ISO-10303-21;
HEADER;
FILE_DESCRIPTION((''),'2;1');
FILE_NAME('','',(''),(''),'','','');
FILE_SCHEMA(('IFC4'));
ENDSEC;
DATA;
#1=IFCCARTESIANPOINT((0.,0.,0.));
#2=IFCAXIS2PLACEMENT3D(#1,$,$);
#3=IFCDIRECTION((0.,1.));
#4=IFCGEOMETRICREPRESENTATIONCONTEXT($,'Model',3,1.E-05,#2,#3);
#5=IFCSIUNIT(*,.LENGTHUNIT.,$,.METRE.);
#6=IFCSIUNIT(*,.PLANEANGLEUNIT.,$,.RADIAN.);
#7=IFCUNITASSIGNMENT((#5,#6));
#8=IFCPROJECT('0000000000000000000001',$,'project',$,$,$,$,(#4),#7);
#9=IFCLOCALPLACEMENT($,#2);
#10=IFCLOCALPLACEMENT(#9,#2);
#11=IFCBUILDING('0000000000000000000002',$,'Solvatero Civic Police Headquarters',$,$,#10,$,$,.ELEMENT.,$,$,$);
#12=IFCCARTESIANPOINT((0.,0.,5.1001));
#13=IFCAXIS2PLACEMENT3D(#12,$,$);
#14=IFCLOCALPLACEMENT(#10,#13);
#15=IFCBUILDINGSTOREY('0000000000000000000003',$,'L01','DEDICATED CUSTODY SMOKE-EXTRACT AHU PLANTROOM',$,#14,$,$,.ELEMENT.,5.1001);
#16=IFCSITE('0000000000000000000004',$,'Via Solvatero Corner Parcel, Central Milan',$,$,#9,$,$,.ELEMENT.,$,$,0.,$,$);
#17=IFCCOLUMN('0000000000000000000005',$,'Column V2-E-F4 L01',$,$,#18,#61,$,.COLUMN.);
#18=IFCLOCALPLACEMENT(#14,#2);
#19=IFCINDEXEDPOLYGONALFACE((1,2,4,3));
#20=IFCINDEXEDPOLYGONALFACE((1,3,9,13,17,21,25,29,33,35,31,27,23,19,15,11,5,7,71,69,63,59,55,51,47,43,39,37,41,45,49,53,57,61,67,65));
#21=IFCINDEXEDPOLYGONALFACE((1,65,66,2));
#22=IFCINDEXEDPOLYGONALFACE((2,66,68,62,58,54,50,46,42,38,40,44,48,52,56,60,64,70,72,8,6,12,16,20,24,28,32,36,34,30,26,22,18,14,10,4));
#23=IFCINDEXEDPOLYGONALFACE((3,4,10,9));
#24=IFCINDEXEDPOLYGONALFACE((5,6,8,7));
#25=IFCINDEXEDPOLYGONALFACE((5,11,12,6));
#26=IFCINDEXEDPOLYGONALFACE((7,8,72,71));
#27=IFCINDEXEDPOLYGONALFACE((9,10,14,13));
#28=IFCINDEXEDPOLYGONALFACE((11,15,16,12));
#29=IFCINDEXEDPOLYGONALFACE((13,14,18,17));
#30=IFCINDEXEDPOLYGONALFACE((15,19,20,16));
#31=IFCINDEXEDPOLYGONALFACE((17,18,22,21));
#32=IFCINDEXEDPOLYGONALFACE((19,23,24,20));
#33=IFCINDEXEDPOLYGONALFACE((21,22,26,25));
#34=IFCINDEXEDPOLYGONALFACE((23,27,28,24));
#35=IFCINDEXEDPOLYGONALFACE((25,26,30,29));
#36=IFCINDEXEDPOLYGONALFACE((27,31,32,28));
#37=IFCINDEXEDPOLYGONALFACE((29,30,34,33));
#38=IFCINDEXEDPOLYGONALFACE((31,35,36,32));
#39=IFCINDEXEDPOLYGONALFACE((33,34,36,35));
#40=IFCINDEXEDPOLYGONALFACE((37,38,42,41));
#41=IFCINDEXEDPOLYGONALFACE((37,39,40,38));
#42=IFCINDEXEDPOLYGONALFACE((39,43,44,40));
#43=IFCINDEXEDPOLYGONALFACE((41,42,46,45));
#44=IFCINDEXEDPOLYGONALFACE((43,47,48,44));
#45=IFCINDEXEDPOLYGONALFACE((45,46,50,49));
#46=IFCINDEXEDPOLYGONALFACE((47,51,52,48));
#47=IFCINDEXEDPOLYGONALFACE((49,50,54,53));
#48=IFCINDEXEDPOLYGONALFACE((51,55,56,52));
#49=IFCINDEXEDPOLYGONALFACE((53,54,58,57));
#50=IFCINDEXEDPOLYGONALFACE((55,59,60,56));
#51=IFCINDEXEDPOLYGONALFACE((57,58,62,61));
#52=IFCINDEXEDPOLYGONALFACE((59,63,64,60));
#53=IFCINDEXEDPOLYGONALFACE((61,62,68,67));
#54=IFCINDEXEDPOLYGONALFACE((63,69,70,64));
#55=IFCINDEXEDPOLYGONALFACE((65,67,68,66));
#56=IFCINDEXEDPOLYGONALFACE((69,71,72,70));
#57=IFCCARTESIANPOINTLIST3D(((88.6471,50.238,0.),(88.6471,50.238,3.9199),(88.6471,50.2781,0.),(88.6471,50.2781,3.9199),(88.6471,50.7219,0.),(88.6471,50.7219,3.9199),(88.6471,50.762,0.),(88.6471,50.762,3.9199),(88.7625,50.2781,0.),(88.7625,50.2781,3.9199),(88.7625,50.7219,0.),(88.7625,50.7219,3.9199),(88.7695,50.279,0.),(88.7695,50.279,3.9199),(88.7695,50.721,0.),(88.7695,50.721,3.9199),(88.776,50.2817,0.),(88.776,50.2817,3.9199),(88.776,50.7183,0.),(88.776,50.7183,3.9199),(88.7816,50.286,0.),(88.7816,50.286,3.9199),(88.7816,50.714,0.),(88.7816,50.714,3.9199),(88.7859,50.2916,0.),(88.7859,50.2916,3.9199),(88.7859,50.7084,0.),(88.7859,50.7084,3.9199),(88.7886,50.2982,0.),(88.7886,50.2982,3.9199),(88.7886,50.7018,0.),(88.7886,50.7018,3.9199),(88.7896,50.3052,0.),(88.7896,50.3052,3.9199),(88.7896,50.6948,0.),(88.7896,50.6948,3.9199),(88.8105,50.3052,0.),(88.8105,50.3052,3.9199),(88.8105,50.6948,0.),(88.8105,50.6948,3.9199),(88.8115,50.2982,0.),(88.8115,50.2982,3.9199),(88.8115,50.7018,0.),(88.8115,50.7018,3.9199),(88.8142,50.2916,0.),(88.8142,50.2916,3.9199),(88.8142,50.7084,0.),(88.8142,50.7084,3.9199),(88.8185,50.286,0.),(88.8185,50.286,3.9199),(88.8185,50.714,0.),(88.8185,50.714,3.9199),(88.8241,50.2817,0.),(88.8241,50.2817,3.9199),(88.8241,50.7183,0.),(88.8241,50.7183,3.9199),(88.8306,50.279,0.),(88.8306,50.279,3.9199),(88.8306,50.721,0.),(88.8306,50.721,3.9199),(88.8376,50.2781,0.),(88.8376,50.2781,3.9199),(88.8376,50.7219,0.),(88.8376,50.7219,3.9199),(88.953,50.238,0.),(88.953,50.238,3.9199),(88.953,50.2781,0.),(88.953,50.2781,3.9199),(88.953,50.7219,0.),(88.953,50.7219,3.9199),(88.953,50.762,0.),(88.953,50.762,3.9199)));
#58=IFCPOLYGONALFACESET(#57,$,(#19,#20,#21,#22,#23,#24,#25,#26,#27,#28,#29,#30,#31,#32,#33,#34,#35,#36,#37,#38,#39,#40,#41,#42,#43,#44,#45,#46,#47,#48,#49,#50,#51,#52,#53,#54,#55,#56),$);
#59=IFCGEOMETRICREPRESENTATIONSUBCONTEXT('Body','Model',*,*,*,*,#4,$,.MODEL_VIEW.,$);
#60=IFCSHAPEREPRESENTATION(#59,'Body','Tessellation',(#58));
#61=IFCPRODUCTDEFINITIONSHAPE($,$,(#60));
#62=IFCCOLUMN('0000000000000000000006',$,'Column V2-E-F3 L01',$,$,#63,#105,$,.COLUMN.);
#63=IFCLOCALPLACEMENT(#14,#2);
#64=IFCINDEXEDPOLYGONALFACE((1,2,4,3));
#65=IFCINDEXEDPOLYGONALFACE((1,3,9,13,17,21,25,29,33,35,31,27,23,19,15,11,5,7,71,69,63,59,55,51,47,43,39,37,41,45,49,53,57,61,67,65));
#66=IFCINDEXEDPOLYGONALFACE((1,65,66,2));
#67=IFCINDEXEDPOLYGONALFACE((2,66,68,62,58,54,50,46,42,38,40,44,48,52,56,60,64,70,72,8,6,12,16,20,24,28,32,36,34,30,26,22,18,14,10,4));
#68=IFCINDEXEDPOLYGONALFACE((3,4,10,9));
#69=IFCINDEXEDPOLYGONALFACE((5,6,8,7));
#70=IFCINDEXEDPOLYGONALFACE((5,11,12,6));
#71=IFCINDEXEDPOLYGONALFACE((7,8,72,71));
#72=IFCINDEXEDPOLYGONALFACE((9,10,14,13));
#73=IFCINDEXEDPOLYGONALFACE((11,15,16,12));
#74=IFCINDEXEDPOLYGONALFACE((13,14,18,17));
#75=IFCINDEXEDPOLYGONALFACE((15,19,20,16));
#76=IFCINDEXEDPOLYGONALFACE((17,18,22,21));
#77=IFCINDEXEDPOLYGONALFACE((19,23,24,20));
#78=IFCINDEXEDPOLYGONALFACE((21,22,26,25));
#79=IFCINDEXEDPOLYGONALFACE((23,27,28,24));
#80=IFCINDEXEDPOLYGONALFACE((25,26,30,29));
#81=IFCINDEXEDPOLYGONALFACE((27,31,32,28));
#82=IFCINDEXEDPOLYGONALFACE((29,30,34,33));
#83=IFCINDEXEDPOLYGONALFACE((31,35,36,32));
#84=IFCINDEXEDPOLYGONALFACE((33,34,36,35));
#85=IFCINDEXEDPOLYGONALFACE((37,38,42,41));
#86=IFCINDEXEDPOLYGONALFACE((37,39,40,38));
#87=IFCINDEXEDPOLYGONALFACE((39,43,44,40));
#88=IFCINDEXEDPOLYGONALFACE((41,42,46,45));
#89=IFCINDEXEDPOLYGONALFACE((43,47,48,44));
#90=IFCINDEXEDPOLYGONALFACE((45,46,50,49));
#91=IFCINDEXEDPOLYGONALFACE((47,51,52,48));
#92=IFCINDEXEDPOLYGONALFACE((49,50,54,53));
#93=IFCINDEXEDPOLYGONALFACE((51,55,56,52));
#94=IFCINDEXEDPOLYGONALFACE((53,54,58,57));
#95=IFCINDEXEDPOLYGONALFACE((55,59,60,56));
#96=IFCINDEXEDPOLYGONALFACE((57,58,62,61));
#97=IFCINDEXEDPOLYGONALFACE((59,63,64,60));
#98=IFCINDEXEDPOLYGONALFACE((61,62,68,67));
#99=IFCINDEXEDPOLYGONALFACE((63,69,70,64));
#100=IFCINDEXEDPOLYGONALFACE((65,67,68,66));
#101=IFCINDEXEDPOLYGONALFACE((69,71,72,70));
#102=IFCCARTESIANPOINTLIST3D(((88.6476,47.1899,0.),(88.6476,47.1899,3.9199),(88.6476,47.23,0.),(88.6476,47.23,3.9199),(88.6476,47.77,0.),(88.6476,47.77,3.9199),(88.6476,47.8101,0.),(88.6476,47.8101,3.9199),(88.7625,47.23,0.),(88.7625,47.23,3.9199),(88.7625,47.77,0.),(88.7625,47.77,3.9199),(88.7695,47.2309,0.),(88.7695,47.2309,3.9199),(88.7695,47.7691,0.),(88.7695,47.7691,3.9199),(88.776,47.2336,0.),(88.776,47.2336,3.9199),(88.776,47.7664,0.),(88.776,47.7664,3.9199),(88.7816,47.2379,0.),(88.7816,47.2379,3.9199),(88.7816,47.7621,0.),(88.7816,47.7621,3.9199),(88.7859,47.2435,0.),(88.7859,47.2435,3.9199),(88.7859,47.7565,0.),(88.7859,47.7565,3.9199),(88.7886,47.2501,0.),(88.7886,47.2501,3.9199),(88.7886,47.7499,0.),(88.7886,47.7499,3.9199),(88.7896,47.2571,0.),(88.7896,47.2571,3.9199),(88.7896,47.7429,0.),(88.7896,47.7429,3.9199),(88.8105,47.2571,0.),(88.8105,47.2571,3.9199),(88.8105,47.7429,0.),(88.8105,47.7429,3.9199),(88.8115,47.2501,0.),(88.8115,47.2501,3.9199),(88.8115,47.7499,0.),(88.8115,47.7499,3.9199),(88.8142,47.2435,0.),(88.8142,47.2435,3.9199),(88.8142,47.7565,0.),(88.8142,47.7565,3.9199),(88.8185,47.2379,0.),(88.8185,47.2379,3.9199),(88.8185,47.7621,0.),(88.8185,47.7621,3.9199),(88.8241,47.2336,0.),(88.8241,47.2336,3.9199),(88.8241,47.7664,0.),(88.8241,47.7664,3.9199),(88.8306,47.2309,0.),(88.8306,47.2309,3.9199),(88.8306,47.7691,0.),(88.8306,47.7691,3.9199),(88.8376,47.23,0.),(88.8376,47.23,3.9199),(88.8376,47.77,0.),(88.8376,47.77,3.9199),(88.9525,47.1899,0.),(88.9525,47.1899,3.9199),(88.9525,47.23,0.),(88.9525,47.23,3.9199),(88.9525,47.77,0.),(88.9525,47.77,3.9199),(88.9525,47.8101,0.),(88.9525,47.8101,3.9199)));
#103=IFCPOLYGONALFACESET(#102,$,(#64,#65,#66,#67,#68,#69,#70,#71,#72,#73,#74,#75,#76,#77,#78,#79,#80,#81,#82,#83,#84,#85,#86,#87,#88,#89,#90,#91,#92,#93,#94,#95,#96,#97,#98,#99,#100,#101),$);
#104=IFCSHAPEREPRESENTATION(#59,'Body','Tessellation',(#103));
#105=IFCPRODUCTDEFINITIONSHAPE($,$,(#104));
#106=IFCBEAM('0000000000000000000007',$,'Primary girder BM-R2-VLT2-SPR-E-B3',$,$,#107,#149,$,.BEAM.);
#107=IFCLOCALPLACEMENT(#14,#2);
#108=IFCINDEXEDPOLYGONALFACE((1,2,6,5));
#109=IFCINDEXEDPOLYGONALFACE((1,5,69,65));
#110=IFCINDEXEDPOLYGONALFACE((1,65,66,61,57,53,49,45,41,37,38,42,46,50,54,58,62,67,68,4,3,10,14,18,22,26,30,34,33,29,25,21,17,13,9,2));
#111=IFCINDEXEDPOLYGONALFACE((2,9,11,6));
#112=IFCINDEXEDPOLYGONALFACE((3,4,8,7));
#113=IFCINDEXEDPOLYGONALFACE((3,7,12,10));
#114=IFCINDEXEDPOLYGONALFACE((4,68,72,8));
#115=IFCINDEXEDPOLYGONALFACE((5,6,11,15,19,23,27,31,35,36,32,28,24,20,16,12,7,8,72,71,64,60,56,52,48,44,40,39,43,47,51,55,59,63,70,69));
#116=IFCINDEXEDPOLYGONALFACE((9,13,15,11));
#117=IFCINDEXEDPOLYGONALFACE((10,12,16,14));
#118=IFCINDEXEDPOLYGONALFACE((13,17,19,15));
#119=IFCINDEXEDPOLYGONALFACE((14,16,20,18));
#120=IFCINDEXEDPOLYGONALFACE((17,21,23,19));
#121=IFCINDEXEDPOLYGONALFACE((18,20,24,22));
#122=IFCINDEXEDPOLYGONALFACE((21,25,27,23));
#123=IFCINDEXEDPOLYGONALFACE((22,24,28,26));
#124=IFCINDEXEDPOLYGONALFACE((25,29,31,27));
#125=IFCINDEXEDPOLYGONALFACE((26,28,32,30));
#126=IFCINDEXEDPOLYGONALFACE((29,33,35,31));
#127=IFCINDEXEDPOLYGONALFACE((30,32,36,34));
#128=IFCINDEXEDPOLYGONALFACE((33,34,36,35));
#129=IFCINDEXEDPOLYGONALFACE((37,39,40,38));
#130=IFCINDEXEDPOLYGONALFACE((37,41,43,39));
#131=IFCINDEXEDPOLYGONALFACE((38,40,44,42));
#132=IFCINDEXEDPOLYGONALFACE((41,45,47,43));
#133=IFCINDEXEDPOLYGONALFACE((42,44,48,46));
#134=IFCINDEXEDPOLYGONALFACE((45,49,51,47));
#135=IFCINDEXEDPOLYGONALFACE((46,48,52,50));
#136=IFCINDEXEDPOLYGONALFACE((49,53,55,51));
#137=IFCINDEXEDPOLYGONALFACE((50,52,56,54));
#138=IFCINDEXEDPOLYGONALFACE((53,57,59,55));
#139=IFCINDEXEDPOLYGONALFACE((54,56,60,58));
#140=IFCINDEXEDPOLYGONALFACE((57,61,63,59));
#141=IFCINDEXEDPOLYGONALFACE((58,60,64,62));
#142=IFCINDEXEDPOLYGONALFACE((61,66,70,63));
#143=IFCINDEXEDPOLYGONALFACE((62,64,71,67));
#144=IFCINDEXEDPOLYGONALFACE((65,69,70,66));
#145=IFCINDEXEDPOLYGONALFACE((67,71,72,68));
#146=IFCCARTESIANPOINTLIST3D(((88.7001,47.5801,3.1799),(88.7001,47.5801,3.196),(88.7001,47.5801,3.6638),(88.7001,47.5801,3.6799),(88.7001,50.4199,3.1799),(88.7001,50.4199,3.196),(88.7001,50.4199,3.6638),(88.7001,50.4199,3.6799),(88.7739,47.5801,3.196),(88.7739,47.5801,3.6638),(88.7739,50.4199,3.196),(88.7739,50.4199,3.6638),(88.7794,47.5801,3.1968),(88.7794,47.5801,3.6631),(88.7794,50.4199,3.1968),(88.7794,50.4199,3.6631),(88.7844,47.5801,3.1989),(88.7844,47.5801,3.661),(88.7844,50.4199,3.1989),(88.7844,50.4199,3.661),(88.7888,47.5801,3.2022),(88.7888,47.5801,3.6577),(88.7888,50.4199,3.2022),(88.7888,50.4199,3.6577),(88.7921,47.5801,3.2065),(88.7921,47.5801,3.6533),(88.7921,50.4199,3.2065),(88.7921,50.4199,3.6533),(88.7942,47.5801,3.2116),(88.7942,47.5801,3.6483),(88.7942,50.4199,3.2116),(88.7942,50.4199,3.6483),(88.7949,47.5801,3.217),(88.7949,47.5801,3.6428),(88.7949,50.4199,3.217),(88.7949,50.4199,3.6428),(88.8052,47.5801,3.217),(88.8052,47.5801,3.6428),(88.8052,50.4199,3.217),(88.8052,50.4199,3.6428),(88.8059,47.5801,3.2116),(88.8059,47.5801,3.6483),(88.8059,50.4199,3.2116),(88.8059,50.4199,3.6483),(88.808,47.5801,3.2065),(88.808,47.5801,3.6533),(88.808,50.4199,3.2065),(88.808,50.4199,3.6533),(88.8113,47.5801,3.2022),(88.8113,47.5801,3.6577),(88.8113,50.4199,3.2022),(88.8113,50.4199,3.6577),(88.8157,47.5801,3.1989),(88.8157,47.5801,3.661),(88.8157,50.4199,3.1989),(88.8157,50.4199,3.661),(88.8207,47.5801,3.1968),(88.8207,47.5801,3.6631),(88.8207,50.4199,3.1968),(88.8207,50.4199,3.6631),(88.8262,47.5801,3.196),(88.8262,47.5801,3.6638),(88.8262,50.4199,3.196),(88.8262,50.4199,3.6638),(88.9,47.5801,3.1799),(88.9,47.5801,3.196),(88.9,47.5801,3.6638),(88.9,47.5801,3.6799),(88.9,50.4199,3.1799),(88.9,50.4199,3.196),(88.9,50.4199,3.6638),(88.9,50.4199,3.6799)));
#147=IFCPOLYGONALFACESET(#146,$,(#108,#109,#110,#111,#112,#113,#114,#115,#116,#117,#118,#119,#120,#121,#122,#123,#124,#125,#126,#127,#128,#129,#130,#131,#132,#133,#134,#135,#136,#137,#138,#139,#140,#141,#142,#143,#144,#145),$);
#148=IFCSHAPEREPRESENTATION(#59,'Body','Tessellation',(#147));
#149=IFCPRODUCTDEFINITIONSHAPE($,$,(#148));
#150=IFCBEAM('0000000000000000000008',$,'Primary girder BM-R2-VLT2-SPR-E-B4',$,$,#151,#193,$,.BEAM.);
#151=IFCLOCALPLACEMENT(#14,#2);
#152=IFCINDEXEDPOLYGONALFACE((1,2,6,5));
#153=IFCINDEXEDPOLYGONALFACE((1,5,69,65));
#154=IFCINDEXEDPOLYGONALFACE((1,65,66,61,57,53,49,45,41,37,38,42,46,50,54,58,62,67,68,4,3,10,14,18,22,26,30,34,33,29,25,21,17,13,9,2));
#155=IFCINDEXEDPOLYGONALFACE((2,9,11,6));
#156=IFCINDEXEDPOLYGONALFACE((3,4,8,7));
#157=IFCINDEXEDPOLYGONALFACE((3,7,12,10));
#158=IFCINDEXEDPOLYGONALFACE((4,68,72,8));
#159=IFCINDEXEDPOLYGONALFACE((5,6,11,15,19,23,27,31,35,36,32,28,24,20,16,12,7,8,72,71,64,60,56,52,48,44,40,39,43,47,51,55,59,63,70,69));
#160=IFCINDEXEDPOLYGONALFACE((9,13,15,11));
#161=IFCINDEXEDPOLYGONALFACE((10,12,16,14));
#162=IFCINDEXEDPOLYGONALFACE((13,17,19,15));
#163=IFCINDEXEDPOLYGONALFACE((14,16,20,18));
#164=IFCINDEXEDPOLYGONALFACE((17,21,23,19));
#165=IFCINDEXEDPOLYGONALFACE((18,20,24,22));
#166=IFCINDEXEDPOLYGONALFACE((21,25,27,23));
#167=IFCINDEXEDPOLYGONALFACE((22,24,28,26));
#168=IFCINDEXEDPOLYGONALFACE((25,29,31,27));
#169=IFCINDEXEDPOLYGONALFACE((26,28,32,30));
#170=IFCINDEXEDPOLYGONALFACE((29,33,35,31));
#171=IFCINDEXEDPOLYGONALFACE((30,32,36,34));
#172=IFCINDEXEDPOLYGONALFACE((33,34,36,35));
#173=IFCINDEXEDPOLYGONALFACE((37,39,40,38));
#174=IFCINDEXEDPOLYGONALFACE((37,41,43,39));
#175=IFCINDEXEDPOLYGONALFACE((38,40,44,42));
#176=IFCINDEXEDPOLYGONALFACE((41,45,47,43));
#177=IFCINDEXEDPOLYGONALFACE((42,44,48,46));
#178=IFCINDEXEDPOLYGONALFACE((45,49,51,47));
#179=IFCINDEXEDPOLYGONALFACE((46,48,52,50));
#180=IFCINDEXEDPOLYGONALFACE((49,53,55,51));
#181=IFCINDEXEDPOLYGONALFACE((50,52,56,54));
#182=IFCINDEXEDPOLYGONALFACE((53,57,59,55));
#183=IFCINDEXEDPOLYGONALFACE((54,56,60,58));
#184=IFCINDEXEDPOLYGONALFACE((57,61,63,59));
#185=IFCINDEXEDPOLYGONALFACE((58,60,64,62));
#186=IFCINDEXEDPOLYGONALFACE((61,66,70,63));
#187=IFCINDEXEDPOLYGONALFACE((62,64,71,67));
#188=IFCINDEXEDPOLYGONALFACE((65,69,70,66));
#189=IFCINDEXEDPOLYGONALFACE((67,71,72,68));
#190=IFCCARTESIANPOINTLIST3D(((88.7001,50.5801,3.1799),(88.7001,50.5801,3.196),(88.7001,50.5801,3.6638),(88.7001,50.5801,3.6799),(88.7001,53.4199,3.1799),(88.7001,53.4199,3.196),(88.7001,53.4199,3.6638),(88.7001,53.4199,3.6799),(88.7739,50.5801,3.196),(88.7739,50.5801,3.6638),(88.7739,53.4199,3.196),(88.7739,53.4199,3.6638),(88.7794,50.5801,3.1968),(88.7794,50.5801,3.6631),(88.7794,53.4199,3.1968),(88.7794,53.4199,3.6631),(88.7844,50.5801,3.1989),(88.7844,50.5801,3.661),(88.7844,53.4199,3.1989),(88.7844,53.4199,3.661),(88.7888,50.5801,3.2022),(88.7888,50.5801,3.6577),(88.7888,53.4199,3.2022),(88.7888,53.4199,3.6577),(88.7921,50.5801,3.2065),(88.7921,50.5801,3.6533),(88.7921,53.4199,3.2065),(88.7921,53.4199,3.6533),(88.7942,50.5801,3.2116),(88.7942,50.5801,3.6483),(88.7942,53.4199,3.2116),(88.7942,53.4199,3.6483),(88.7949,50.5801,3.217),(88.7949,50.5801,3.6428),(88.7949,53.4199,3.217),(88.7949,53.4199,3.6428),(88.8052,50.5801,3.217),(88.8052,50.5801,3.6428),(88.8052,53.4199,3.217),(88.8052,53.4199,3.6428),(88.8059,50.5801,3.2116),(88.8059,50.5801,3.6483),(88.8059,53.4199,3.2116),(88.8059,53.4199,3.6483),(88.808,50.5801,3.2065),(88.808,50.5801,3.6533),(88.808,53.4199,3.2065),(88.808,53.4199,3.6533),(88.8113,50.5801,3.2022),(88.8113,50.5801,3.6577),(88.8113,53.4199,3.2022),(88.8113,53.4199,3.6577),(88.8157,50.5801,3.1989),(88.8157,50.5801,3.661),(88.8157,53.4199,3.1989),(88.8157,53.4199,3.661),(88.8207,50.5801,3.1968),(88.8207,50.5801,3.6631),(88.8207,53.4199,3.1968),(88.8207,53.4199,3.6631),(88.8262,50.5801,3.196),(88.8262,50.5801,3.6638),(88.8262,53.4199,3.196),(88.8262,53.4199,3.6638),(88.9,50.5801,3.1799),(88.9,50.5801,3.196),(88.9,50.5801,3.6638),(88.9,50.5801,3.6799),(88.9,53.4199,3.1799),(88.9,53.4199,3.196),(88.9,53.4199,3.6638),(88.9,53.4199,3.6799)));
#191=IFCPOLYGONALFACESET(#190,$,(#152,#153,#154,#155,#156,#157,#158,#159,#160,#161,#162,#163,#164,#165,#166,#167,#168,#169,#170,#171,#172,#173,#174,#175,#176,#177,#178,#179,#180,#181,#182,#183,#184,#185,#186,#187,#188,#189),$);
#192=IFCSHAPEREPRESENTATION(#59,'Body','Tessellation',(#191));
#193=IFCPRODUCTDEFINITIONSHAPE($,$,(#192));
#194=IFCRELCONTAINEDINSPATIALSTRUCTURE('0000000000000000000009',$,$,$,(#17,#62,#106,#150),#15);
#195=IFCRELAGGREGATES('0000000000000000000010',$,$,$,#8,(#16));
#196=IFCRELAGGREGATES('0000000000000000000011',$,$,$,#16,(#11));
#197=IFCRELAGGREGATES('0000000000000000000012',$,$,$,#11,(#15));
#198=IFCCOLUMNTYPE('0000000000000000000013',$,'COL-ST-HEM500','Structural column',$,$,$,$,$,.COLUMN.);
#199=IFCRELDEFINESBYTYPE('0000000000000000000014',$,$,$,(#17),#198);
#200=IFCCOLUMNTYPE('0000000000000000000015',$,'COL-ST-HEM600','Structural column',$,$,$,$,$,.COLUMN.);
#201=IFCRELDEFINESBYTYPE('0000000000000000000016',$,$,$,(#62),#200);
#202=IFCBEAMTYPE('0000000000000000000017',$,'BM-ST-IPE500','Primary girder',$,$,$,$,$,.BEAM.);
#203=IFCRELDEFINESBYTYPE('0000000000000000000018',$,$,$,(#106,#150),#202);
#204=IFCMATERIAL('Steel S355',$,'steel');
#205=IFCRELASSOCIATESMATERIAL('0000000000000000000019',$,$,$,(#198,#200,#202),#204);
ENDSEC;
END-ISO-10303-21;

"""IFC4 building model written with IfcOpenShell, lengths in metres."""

from ifc_helpers import new_model, si_unit, direction, frame, origin, origin_2d, place, context, subcontext, project, spatial, i_section, extrude, material, material_profile, profile_set, type_object, element, save


model = new_model("IFC4")

# Units and contexts
model_context = context("Model", 3, precision=1e-05, world=origin(), true_north=direction((0.0, 1.0)))
body_context = subcontext(model_context, "Body", "Model", "MODEL_VIEW")
ifc_project = project(units=[si_unit("LENGTHUNIT", "METRE"), si_unit("PLANEANGLEUNIT", "RADIAN")], contexts=[model_context])

# Site, building, storey
site_placement = place(None, origin())
site = spatial("IfcSite", under=ifc_project, at=site_placement, Name="Via Solvatero Corner Parcel, Central Milan", CompositionType="ELEMENT", RefElevation=0.0)
building_placement = place(site_placement, origin())
building = spatial("IfcBuilding", under=site, at=building_placement, Name="Solvatero Civic Police Headquarters", CompositionType="ELEMENT")
storey_placement = place(building_placement, frame((0.0, 0.0, 5.1001)))
storey = spatial("IfcBuildingStorey", under=building, at=storey_placement, Name="L01", Description="DEDICATED CUSTODY SMOKE-EXTRACT AHU PLANTROOM", CompositionType="ELEMENT", Elevation=5.1001)

# Columns
ifc_material_1 = material(Name="Steel S355", Category="steel")
ifc_material_profile_1 = material_profile(ifc_material_1, i_section(OverallWidth=0.3059, OverallDepth=0.5239, WebThickness=0.021, FlangeThickness=0.04, FilletRadius=0.0271, at=origin_2d()), Name="HEM 500")
ifc_profile_set_1 = profile_set([ifc_material_profile_1], Name="Steel S355")
column_type_1 = type_object("IfcColumnType", Name="COL-ST-HEM500", Description="Structural column", PredefinedType="COLUMN", material=ifc_profile_set_1)
column_1_placement = place(storey_placement, frame((88.8, 50.5, 0.0), z_axis=(0.0, 0.0, 1.0), x_axis=(1.0, 0.0, 0.0)))
element("IfcColumn", 1, at=column_1_placement, inside=storey, type_object=column_type_1, Name="Column V2-E-F4 L01", PredefinedType="COLUMN", context=body_context, shape_type="SweptSolid", body=[
    extrude(i_section(OverallWidth=0.3059, OverallDepth=0.5239, WebThickness=0.021, FlangeThickness=0.04, FilletRadius=0.0271, at=origin_2d()), origin(), (0.0, 0.0, 1.0), 3.9199),
])
ifc_material_profile_2 = material_profile(ifc_material_1, i_section(OverallWidth=0.3049, OverallDepth=0.6201, WebThickness=0.021, FlangeThickness=0.04, FilletRadius=0.0271, at=origin_2d()), Name="HEM 600")
ifc_profile_set_2 = profile_set([ifc_material_profile_2], Name="Steel S355")
column_type_2 = type_object("IfcColumnType", Name="COL-ST-HEM600", Description="Structural column", PredefinedType="COLUMN", material=ifc_profile_set_2)
column_2_placement = place(storey_placement, frame((88.8, 47.5, 0.0), z_axis=(0.0, 0.0, 1.0), x_axis=(1.0, 0.0, 0.0)))
element("IfcColumn", 2, at=column_2_placement, inside=storey, type_object=column_type_2, Name="Column V2-E-F3 L01", PredefinedType="COLUMN", context=body_context, shape_type="SweptSolid", body=[
    extrude(i_section(OverallWidth=0.3049, OverallDepth=0.6201, WebThickness=0.021, FlangeThickness=0.04, FilletRadius=0.0271, at=origin_2d()), origin(), (0.0, 0.0, 1.0), 3.9199),
])

# Beams
ifc_material_profile_3 = material_profile(ifc_material_1, i_section(OverallWidth=0.2, OverallDepth=0.5, WebThickness=0.0103, FlangeThickness=0.0161, FilletRadius=0.021, at=origin_2d()), Name="IPE 500")
ifc_profile_set_3 = profile_set([ifc_material_profile_3], Name="Steel S355")
beam_type = type_object("IfcBeamType", Name="BM-ST-IPE500", Description="Primary girder", PredefinedType="BEAM", material=ifc_profile_set_3)
for number, where, z_axis, x_axis, name in (
    (3, (88.8, 47.5801, 3.4299), (0.0, 1.0, 0.0), (-1.0, 0.0, 0.0), "Primary girder BM-R2-VLT2-SPR-E-B3"),
    (4, (88.8, 50.5801, 3.4299), (0.0, 1.0, 0.0), (-1.0, 0.0, 0.0), "Primary girder BM-R2-VLT2-SPR-E-B4"),
):
    element("IfcBeam", number, at=place(storey_placement, frame(where, z_axis=z_axis, x_axis=x_axis)), inside=storey, type_object=beam_type, Name=name, PredefinedType="BEAM", context=body_context, shape_type="SweptSolid", body=[
        extrude(i_section(OverallWidth=0.2, OverallDepth=0.5, WebThickness=0.0103, FlangeThickness=0.0161, FilletRadius=0.021, at=origin_2d()), origin(), (0.0, 0.0, 1.0), 2.8398),
    ])

save(model, "model.ifc")
